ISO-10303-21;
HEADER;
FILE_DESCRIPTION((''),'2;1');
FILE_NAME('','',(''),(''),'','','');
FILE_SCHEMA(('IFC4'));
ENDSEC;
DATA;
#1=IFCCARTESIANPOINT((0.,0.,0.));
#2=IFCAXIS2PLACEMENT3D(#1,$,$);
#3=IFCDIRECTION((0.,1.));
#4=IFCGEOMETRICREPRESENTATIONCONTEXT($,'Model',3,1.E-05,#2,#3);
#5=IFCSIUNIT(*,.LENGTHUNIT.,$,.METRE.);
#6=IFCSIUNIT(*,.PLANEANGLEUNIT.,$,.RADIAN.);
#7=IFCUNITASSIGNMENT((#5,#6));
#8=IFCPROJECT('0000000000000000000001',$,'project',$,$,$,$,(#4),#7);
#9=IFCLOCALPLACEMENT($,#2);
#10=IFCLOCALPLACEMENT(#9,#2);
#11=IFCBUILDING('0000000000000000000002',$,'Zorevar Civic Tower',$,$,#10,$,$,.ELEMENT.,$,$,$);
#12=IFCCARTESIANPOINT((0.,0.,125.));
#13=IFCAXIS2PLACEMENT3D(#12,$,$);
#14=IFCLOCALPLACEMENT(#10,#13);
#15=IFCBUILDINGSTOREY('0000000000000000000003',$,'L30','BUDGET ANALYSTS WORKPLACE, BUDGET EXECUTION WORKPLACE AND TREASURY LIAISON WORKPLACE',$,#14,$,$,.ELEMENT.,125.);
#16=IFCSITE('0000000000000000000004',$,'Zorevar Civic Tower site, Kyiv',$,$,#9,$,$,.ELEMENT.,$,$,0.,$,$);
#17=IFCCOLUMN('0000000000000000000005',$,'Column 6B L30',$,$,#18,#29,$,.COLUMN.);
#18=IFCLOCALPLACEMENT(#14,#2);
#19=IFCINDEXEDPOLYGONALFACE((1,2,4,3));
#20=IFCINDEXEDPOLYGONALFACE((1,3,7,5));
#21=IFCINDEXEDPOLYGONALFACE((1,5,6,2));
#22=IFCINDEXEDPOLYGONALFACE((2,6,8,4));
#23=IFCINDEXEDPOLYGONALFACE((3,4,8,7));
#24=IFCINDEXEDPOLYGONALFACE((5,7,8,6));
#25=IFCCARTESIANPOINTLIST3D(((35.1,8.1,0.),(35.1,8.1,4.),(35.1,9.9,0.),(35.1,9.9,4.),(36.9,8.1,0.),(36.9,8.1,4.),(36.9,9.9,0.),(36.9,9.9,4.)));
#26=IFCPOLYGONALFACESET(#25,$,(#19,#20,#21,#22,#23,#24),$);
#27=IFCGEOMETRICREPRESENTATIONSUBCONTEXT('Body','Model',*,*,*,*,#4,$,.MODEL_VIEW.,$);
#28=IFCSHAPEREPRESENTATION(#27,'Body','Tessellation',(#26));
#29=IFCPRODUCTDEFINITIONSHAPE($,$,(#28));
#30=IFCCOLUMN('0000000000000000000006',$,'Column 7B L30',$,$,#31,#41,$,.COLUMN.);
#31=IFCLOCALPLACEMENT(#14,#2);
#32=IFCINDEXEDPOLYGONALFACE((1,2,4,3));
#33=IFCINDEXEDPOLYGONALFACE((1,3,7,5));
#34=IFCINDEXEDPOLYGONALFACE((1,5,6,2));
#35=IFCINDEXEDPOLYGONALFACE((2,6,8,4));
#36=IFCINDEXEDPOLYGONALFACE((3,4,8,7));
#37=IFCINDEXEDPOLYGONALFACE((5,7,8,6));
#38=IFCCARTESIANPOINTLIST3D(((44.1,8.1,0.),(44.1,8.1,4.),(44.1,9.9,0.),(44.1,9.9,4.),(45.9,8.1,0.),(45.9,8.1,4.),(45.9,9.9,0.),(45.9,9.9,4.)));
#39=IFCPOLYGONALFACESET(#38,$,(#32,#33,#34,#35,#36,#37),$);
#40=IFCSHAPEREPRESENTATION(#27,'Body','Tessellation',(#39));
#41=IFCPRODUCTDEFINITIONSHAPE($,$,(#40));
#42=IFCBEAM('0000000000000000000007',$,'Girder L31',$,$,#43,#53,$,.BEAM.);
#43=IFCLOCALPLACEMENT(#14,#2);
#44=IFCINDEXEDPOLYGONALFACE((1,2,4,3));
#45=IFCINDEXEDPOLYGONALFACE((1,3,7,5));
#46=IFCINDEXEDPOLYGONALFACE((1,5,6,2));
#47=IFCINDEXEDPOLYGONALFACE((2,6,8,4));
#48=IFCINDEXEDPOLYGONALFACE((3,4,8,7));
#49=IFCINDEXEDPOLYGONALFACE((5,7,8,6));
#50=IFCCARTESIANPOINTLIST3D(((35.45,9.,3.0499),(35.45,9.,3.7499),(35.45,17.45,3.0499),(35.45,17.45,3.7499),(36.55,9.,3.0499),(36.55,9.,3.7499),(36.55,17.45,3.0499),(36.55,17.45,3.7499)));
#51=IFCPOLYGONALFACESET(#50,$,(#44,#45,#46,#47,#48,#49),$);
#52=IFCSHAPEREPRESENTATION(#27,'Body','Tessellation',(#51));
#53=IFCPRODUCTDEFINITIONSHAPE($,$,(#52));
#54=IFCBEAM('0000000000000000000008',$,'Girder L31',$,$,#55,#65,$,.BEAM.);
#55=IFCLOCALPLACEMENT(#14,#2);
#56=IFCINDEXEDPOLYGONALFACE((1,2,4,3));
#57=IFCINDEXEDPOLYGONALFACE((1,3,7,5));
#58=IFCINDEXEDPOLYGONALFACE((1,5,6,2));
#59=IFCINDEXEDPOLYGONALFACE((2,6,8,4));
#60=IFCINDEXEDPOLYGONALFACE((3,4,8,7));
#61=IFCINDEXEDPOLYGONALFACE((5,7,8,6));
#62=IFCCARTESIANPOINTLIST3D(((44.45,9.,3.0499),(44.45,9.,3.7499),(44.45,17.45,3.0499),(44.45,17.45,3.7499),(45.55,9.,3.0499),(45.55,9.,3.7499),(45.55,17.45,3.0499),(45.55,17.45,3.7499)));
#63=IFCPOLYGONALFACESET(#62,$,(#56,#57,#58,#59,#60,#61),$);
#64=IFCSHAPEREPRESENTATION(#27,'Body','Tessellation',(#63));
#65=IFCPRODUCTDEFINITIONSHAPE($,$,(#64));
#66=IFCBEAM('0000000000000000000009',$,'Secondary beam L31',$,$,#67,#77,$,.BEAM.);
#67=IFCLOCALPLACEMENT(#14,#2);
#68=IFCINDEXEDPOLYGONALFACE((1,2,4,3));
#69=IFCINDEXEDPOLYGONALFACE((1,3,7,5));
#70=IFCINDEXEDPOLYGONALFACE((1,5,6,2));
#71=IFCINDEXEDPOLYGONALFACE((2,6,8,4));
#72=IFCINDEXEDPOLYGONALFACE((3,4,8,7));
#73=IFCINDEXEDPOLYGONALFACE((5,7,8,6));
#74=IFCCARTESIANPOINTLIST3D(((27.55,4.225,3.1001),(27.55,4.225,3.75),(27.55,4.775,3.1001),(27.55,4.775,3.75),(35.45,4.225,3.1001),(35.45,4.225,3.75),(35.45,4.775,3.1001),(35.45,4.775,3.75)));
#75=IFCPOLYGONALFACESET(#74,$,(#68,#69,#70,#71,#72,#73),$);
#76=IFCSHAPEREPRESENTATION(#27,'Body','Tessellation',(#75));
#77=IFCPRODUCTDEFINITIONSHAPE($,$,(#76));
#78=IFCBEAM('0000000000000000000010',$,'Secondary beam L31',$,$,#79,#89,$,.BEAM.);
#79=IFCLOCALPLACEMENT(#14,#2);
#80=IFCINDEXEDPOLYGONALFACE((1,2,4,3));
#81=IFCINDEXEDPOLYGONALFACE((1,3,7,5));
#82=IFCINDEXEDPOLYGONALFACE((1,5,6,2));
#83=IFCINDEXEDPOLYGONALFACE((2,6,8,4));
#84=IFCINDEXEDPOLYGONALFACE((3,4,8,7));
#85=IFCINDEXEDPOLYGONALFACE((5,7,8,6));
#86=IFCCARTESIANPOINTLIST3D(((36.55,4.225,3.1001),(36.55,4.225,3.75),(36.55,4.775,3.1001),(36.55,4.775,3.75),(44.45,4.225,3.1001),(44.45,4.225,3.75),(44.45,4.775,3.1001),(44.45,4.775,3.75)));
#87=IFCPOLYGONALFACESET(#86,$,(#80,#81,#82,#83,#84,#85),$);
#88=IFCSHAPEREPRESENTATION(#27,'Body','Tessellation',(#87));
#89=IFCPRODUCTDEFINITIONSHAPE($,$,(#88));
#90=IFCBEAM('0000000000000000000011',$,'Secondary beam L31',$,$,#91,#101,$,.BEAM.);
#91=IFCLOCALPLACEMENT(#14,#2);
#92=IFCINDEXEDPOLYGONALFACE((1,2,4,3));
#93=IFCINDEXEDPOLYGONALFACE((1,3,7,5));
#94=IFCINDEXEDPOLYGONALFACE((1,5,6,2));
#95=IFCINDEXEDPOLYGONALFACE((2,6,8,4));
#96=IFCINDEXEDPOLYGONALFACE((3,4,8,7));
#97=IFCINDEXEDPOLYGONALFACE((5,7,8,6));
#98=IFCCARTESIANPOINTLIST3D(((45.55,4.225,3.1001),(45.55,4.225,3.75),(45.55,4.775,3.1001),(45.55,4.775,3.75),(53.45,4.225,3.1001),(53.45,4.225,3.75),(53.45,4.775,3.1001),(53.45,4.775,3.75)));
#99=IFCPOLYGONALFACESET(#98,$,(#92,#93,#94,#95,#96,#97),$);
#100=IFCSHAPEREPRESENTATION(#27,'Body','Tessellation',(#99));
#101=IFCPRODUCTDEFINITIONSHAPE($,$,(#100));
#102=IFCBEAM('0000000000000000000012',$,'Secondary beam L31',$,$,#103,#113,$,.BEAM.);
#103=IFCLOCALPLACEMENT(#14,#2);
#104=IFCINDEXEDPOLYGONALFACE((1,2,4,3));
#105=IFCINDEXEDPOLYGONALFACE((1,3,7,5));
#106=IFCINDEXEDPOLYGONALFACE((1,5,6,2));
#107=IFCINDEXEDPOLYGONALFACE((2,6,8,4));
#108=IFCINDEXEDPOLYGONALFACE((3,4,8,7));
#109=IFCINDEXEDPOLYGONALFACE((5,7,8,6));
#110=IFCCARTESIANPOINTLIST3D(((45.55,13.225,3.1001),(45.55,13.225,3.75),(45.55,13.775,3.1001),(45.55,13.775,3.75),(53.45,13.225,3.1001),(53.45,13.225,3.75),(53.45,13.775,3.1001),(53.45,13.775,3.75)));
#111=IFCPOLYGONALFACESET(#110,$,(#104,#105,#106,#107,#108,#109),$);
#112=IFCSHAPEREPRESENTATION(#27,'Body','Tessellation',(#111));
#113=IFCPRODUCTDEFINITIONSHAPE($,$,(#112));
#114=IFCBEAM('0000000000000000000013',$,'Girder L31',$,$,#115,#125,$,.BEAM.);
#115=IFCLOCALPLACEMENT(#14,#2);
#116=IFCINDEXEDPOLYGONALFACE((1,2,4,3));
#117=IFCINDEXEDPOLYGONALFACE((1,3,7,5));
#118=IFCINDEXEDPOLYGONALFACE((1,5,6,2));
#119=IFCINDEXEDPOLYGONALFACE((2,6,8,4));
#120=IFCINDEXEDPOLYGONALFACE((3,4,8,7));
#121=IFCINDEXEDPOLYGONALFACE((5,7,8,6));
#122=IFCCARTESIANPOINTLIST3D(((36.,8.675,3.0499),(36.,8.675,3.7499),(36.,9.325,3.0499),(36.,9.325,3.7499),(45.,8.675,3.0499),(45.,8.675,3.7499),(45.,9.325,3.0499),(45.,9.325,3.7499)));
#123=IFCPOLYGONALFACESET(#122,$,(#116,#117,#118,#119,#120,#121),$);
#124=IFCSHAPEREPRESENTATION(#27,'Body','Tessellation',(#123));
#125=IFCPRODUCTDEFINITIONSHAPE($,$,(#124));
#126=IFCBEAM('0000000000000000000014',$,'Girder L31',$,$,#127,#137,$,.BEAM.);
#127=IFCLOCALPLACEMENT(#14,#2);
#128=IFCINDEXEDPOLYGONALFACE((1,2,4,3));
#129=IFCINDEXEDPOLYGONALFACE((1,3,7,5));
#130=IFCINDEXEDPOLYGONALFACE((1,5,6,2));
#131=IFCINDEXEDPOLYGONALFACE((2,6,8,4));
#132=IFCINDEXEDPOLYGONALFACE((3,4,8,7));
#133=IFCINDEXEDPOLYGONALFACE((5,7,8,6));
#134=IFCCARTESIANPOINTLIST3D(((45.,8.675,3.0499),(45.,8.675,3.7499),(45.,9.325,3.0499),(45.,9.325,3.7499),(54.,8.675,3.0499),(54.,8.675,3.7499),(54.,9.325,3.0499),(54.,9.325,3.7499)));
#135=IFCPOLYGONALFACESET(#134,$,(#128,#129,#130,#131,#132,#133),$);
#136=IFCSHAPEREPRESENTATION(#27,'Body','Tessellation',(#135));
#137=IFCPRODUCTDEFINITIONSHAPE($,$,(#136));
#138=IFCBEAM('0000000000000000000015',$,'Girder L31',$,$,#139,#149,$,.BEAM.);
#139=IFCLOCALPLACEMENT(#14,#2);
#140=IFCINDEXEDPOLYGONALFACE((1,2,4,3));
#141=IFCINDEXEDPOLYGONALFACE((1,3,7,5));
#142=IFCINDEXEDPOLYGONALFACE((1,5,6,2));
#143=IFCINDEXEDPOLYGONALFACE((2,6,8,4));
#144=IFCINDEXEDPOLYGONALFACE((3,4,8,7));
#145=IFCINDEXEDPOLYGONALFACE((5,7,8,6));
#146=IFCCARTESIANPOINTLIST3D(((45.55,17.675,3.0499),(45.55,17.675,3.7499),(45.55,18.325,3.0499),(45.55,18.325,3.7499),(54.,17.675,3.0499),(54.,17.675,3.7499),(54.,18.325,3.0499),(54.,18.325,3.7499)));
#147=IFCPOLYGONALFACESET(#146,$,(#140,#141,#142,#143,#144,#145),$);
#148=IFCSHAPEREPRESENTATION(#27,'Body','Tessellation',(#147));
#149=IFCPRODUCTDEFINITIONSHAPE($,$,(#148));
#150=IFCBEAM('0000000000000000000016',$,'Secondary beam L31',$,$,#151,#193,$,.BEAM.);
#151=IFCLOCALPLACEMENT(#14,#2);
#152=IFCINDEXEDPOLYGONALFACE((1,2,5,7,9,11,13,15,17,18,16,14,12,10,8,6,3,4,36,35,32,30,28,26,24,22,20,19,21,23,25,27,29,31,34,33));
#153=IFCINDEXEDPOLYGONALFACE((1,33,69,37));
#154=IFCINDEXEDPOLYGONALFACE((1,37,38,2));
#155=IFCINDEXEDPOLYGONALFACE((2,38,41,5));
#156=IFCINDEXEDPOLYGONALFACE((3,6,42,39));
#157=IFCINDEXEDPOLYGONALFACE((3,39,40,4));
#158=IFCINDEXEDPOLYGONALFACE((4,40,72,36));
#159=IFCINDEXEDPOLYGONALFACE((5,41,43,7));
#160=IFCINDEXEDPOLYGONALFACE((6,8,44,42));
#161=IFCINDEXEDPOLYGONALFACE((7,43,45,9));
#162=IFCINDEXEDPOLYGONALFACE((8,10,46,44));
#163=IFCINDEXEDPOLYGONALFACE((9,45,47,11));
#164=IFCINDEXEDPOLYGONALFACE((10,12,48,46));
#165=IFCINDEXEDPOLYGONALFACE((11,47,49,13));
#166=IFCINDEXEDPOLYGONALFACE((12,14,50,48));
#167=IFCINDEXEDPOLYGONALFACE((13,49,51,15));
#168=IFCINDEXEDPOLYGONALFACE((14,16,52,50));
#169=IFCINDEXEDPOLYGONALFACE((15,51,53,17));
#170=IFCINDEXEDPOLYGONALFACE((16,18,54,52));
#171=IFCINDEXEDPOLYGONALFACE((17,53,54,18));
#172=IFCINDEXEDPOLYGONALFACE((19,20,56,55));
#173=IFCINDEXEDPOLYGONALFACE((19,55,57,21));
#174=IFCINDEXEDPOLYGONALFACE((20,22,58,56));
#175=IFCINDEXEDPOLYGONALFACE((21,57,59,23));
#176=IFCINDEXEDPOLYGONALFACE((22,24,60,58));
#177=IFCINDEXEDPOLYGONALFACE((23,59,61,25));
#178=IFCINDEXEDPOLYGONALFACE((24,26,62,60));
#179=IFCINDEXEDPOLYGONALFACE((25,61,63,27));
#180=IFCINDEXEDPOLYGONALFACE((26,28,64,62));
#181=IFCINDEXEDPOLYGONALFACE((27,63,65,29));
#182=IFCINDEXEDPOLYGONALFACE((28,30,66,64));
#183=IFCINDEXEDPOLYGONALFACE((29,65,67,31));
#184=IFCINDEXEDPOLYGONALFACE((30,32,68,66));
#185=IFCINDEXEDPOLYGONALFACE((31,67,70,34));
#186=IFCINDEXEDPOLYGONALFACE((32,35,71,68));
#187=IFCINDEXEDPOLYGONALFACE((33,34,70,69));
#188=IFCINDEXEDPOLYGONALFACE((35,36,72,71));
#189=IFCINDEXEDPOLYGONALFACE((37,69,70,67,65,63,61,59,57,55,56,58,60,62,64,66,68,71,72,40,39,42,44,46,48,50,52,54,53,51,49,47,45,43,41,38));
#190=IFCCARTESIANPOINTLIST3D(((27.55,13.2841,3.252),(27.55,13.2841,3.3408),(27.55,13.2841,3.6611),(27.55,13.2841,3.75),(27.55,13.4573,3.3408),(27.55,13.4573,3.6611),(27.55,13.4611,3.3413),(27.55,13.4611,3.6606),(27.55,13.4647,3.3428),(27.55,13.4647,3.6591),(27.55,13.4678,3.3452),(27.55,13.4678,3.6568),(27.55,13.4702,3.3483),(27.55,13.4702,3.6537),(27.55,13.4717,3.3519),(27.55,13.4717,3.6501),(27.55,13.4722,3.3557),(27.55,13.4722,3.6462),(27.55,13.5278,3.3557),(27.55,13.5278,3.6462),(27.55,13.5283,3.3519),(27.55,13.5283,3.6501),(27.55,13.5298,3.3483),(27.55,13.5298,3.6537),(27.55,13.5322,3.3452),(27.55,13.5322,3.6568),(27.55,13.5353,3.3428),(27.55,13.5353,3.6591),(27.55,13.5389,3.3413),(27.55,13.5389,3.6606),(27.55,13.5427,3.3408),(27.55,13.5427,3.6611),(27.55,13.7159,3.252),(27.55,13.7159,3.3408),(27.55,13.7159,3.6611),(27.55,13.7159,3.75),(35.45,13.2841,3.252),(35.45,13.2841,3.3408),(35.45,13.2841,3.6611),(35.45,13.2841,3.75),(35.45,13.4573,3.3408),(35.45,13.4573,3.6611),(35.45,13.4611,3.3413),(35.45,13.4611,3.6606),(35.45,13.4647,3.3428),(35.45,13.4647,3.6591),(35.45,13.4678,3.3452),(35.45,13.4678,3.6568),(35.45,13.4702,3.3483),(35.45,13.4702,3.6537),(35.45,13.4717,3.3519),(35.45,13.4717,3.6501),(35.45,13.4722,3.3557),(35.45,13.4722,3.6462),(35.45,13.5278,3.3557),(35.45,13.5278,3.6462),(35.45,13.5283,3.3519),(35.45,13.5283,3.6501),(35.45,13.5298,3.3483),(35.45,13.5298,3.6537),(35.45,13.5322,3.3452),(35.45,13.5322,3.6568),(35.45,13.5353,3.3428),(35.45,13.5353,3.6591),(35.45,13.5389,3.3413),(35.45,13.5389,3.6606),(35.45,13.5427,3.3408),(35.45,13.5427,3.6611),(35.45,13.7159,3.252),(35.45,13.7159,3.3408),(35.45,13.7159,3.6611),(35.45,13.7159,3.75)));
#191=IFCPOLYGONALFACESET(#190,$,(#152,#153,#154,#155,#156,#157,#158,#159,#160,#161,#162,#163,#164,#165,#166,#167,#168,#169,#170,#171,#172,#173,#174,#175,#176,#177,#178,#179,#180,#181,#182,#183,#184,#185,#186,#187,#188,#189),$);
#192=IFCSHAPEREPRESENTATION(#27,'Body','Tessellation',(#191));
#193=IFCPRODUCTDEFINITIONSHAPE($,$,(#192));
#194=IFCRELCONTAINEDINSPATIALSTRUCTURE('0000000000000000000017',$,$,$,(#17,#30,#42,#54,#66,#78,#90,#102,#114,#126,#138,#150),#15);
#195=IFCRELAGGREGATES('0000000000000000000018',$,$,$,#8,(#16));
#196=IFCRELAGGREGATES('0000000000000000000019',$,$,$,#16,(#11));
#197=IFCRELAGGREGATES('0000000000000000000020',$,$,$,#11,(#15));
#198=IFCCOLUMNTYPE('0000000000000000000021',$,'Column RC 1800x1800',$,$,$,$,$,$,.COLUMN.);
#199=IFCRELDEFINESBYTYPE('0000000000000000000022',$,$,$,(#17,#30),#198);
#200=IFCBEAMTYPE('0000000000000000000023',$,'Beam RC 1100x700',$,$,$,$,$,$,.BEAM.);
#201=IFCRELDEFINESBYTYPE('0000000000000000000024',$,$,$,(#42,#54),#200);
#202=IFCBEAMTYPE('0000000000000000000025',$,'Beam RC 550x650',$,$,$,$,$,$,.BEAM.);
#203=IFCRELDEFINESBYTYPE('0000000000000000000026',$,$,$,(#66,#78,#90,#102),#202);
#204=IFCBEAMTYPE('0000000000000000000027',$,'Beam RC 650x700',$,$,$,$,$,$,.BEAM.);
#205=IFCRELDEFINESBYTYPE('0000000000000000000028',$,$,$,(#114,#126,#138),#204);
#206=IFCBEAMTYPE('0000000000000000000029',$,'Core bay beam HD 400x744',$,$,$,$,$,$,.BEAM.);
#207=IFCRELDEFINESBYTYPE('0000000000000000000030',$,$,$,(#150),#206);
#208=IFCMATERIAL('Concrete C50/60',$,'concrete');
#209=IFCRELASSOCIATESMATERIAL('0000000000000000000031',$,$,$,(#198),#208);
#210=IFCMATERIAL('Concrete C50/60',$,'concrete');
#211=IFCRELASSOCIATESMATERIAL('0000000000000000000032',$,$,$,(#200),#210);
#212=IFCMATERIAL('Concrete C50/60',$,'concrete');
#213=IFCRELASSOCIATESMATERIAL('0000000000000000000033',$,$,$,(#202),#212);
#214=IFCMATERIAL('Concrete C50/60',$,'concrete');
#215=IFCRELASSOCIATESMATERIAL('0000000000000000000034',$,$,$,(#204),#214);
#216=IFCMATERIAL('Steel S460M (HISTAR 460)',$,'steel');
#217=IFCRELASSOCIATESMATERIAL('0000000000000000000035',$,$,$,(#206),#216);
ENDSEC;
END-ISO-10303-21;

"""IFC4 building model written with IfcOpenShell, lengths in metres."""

from ifc_helpers import new_model, si_unit, direction, frame, origin, origin_2d, place, context, subcontext, project, spatial, rectangle, i_section, extrude, material, material_profile, profile_set, type_object, element, save


model = new_model("IFC4")

# Units and contexts
model_context = context("Model", 3, precision=1e-05, world=origin(), true_north=direction((0.0, 1.0)))
body_context = subcontext(model_context, "Body", "Model", "MODEL_VIEW")
ifc_project = project(units=[si_unit("LENGTHUNIT", "METRE"), si_unit("PLANEANGLEUNIT", "RADIAN")], contexts=[model_context])

# Site, building, storey
site_placement = place(None, origin())
site = spatial("IfcSite", under=ifc_project, at=site_placement, Name="Zorevar Civic Tower site, Kyiv", CompositionType="ELEMENT", RefElevation=0.0)
building_placement = place(site_placement, origin())
building = spatial("IfcBuilding", under=site, at=building_placement, Name="Zorevar Civic Tower", CompositionType="ELEMENT")
storey_placement = place(building_placement, frame((0.0, 0.0, 125.0)))
storey = spatial("IfcBuildingStorey", under=building, at=storey_placement, Name="L30", Description="BUDGET ANALYSTS WORKPLACE, BUDGET EXECUTION WORKPLACE AND TREASURY LIAISON WORKPLACE", CompositionType="ELEMENT", Elevation=125.0)

# Columns
ifc_material_1 = material(Name="Concrete C50/60", Category="concrete")
ifc_material_profile_1 = material_profile(ifc_material_1, rectangle(XDim=1.8, YDim=1.8, at=origin_2d()), Name="RC 1800x1800")
ifc_profile_set_1 = profile_set([ifc_material_profile_1], Name="Concrete C50/60")
column_type = type_object("IfcColumnType", Name="Column RC 1800x1800", PredefinedType="COLUMN", material=ifc_profile_set_1)
for number, where, z_axis, x_axis, name in (
    (1, (36.0, 9.0, 0.0), (0.0, 0.0, 1.0), (1.0, 0.0, 0.0), "Column 6B L30"),
    (2, (45.0, 9.0, 0.0), (0.0, 0.0, 1.0), (1.0, 0.0, 0.0), "Column 7B L30"),
):
    element("IfcColumn", number, at=place(storey_placement, frame(where, z_axis=z_axis, x_axis=x_axis)), inside=storey, type_object=column_type, Name=name, PredefinedType="COLUMN", context=body_context, shape_type="SweptSolid", body=[
        extrude(rectangle(XDim=1.8, YDim=1.8, at=origin_2d()), origin(), (0.0, 0.0, 1.0), 4.0),
    ])

# Beams
ifc_material_2 = material(Name="Concrete C50/60", Category="concrete")
ifc_material_profile_2 = material_profile(ifc_material_2, rectangle(XDim=1.1001, YDim=0.7, at=origin_2d()), Name="RC 1100x700")
ifc_profile_set_2 = profile_set([ifc_material_profile_2], Name="Concrete C50/60")
beam_type_1 = type_object("IfcBeamType", Name="Beam RC 1100x700", PredefinedType="BEAM", material=ifc_profile_set_2)
for number, where, z_axis, x_axis, name in (
    (3, (36.0, 9.0, 3.3999), (0.0, 1.0, 0.0), (-1.0, 0.0, 0.0), "Girder L31"),
    (4, (45.0, 9.0, 3.3999), (0.0, 1.0, 0.0), (-1.0, 0.0, 0.0), "Girder L31"),
):
    element("IfcBeam", number, at=place(storey_placement, frame(where, z_axis=z_axis, x_axis=x_axis)), inside=storey, type_object=beam_type_1, Name=name, PredefinedType="BEAM", context=body_context, shape_type="SweptSolid", body=[
        extrude(rectangle(XDim=1.1001, YDim=0.7, at=origin_2d()), origin(), (0.0, 0.0, 1.0), 8.45),
    ])
ifc_material_3 = material(Name="Concrete C50/60", Category="concrete")
ifc_material_profile_3 = material_profile(ifc_material_3, rectangle(XDim=0.55, YDim=0.6499, at=origin_2d()), Name="RC 550x650")
ifc_profile_set_3 = profile_set([ifc_material_profile_3], Name="Concrete C50/60")
beam_type_2 = type_object("IfcBeamType", Name="Beam RC 550x650", PredefinedType="BEAM", material=ifc_profile_set_3)
for number, where, z_axis, x_axis, name in (
    (5, (27.55, 4.5, 3.425), (1.0, 0.0, 0.0), (0.0, 1.0, 0.0), "Secondary beam L31"),
    (6, (36.55, 4.5, 3.425), (1.0, 0.0, 0.0), (0.0, 1.0, 0.0), "Secondary beam L31"),
    (7, (45.55, 4.5, 3.425), (1.0, 0.0, 0.0), (0.0, 1.0, 0.0), "Secondary beam L31"),
    (8, (45.55, 13.5, 3.425), (1.0, 0.0, 0.0), (0.0, 1.0, 0.0), "Secondary beam L31"),
):
    element("IfcBeam", number, at=place(storey_placement, frame(where, z_axis=z_axis, x_axis=x_axis)), inside=storey, type_object=beam_type_2, Name=name, PredefinedType="BEAM", context=body_context, shape_type="SweptSolid", body=[
        extrude(rectangle(XDim=0.55, YDim=0.6499, at=origin_2d()), origin(), (0.0, 0.0, 1.0), 7.8999),
    ])
ifc_material_4 = material(Name="Concrete C50/60", Category="concrete")
ifc_material_profile_4 = material_profile(ifc_material_4, rectangle(XDim=0.6499, YDim=0.7, at=origin_2d()), Name="RC 650x700")
ifc_profile_set_4 = profile_set([ifc_material_profile_4], Name="Concrete C50/60")
beam_type_3 = type_object("IfcBeamType", Name="Beam RC 650x700", PredefinedType="BEAM", material=ifc_profile_set_4)
for number, where, z_axis, x_axis, name in (
    (9, (36.0, 9.0, 3.3999), (1.0, 0.0, 0.0), (0.0, 1.0, 0.0), "Girder L31"),
    (10, (45.0, 9.0, 3.3999), (1.0, 0.0, 0.0), (0.0, 1.0, 0.0), "Girder L31"),
):
    element("IfcBeam", number, at=place(storey_placement, frame(where, z_axis=z_axis, x_axis=x_axis)), inside=storey, type_object=beam_type_3, Name=name, PredefinedType="BEAM", context=body_context, shape_type="SweptSolid", body=[
        extrude(rectangle(XDim=0.6499, YDim=0.7, at=origin_2d()), origin(), (0.0, 0.0, 1.0), 9.0),
    ])
beam_placement = place(storey_placement, frame((45.55, 18.0, 3.3999), z_axis=(1.0, 0.0, 0.0), x_axis=(0.0, 1.0, 0.0)))
element("IfcBeam", 11, at=beam_placement, inside=storey, type_object=beam_type_3, Name="Girder L31", PredefinedType="BEAM", context=body_context, shape_type="SweptSolid", body=[
    extrude(rectangle(XDim=0.6499, YDim=0.7, at=origin_2d()), origin(), (0.0, 0.0, 1.0), 8.45),
])
ifc_material_5 = material(Name="Steel S460M (HISTAR 460)", Category="steel")
ifc_material_profile_5 = material_profile(ifc_material_5, i_section(OverallWidth=0.4319, OverallDepth=0.498, WebThickness=0.0557, FlangeThickness=0.0889, FilletRadius=0.0149, at=origin_2d()), Name="HD 400x744")
ifc_profile_set_5 = profile_set([ifc_material_profile_5], Name="Steel S460M (HISTAR 460)")
beam_type_4 = type_object("IfcBeamType", Name="Core bay beam HD 400x744", PredefinedType="BEAM", material=ifc_profile_set_5)
for number, where, z_axis, x_axis, name in (
    (12, (27.55, 13.5, 3.501), (1.0, 0.0, 0.0), (0.0, 1.0, 0.0), "Secondary beam L31"),
):
    element("IfcBeam", number, at=place(storey_placement, frame(where, z_axis=z_axis, x_axis=x_axis)), inside=storey, type_object=beam_type_4, Name=name, PredefinedType="BEAM", context=body_context, shape_type="SweptSolid", body=[
        extrude(i_section(OverallWidth=0.4319, OverallDepth=0.498, WebThickness=0.0557, FlangeThickness=0.0889, FilletRadius=0.0149, at=origin_2d()), origin(), (0.0, 0.0, 1.0), 7.8999),
    ])

save(model, "model.ifc")
